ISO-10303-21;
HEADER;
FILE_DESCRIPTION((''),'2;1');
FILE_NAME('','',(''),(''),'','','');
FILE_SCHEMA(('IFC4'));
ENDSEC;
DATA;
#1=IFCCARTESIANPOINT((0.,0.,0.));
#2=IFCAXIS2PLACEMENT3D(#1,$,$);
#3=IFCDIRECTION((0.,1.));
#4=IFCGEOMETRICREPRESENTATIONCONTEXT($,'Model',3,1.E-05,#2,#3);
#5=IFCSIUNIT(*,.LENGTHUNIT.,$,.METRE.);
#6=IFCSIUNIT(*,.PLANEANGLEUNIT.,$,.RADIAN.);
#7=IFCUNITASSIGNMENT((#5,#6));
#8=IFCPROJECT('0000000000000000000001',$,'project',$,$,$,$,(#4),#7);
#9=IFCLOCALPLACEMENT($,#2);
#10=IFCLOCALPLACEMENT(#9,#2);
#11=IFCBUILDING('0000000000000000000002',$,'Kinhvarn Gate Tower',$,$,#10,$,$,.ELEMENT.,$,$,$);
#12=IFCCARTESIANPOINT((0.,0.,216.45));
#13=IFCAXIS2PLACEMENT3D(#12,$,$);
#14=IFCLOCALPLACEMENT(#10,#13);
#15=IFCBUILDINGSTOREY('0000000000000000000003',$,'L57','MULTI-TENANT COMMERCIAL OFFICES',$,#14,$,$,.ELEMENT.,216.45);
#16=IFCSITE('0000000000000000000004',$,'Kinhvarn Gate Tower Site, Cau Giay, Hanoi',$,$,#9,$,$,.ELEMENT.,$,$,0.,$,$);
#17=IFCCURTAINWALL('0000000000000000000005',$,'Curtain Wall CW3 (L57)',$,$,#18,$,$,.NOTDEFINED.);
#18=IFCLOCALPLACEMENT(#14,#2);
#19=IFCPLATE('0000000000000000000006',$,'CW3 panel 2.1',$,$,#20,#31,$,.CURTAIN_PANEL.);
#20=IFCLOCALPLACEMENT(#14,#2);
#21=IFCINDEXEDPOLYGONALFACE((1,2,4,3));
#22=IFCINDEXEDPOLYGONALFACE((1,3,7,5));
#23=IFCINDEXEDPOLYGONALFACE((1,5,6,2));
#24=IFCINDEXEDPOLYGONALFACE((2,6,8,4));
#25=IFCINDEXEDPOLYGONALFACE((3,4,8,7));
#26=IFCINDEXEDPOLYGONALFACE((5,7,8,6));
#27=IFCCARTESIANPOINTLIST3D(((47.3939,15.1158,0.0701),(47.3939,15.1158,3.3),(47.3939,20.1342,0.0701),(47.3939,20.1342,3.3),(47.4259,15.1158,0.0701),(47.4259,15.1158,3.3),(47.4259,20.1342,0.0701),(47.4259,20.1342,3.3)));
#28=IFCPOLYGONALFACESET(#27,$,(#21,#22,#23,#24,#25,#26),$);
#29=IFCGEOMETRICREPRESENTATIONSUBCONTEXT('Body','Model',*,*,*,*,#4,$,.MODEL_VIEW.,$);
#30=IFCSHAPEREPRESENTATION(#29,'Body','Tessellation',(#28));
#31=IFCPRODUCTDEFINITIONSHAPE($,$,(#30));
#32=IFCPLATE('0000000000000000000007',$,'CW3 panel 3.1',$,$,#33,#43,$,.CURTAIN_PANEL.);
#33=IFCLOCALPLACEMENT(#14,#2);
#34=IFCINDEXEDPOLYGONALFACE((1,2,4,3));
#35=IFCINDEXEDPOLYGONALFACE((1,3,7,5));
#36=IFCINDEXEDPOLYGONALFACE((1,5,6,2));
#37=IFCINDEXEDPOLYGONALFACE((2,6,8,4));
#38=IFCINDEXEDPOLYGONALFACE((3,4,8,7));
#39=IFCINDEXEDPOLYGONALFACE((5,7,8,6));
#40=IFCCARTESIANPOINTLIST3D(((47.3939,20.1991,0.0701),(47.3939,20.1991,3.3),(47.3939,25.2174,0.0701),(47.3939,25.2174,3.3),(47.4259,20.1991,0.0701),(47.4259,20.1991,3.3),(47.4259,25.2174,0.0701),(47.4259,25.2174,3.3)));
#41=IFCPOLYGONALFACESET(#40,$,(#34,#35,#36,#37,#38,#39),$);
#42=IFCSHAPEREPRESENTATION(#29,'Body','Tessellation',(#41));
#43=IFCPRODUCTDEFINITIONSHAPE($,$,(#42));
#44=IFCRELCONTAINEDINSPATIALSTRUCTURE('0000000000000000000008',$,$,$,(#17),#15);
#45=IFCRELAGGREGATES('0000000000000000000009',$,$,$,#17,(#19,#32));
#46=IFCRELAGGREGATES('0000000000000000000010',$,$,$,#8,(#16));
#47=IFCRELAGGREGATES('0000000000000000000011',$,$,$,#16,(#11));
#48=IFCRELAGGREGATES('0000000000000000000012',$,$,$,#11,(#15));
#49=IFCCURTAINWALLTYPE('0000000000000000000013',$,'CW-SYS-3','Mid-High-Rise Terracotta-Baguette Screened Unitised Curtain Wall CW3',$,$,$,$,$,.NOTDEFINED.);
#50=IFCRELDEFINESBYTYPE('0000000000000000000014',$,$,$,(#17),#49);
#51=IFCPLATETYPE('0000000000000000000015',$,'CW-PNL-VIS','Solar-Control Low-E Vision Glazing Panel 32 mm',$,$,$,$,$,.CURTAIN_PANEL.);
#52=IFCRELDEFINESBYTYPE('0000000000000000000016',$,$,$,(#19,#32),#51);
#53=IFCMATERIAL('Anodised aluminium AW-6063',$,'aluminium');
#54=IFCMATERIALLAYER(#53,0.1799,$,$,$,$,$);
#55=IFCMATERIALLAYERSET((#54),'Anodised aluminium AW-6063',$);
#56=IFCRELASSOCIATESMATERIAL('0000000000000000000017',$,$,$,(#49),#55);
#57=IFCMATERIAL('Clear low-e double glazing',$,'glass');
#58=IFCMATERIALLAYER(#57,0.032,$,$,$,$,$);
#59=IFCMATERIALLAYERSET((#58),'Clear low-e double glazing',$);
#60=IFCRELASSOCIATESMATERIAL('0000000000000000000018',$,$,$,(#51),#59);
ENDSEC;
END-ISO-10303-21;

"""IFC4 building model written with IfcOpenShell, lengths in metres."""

from ifc_helpers import new_model, si_unit, direction, frame, origin, origin_2d, place, context, subcontext, project, spatial, rectangle, extrude, material, layer, layer_set, type_object, element, aggregate, save


model = new_model("IFC4")

# Units and contexts
model_context = context("Model", 3, precision=1e-05, world=origin(), true_north=direction((0.0, 1.0)))
body_context = subcontext(model_context, "Body", "Model", "MODEL_VIEW")
ifc_project = project(units=[si_unit("LENGTHUNIT", "METRE"), si_unit("PLANEANGLEUNIT", "RADIAN")], contexts=[model_context])

# Site, building, storey
site_placement = place(None, origin())
site = spatial("IfcSite", under=ifc_project, at=site_placement, Name="Kinhvarn Gate Tower Site, Cau Giay, Hanoi", CompositionType="ELEMENT", RefElevation=0.0)
building_placement = place(site_placement, origin())
building = spatial("IfcBuilding", under=site, at=building_placement, Name="Kinhvarn Gate Tower", CompositionType="ELEMENT")
storey_placement = place(building_placement, frame((0.0, 0.0, 216.45)))
storey = spatial("IfcBuildingStorey", under=building, at=storey_placement, Name="L57", Description="MULTI-TENANT COMMERCIAL OFFICES", CompositionType="ELEMENT", Elevation=216.45)

# Curtain wall
ifc_material_1 = material(Name="Anodised aluminium AW-6063", Category="aluminium")
ifc_layer_1 = layer(ifc_material_1, 0.1799)
ifc_layer_set_1 = layer_set([ifc_layer_1], Name="Anodised aluminium AW-6063")
curtain_wall_type = type_object("IfcCurtainWallType", Name="CW-SYS-3", Description="Mid-High-Rise Terracotta-Baguette Screened Unitised Curtain Wall CW3", PredefinedType="NOTDEFINED", material=ifc_layer_set_1)
curtain_wall_placement = place(storey_placement, origin())
curtain_wall = element("IfcCurtainWall", 1, at=curtain_wall_placement, inside=storey, type_object=curtain_wall_type, Name="Curtain Wall CW3 (L57)", PredefinedType="NOTDEFINED")

# Plates
ifc_material_2 = material(Name="Clear low-e double glazing", Category="glass")
ifc_layer_2 = layer(ifc_material_2, 0.032)
ifc_layer_set_2 = layer_set([ifc_layer_2], Name="Clear low-e double glazing")
plate_type = type_object("IfcPlateType", Name="CW-PNL-VIS", Description="Solar-Control Low-E Vision Glazing Panel 32 mm", PredefinedType="CURTAIN_PANEL", material=ifc_layer_set_2)
plate_1_placement = place(storey_placement, frame((47.4099, 17.625, 0.0701), z_axis=(0.0, 0.0, 1.0), x_axis=(0.0, 1.0, 0.0)))
plate_1 = element("IfcPlate", 2, at=plate_1_placement, type_object=plate_type, Name="CW3 panel 2.1", PredefinedType="CURTAIN_PANEL", context=body_context, shape_type="SweptSolid", body=[
    extrude(rectangle(XDim=5.0183, YDim=0.032, at=origin_2d()), origin(), (0.0, 0.0, 1.0), 3.23),
])
plate_2_placement = place(storey_placement, frame((47.4099, 22.7083, 0.0701), z_axis=(0.0, 0.0, 1.0), x_axis=(0.0, 1.0, 0.0)))
plate_2 = element("IfcPlate", 3, at=plate_2_placement, type_object=plate_type, Name="CW3 panel 3.1", PredefinedType="CURTAIN_PANEL", context=body_context, shape_type="SweptSolid", body=[
    extrude(rectangle(XDim=5.0183, YDim=0.032, at=origin_2d()), origin(), (0.0, 0.0, 1.0), 3.23),
])
aggregate(curtain_wall, [plate_1, plate_2])

save(model, "model.ifc")
